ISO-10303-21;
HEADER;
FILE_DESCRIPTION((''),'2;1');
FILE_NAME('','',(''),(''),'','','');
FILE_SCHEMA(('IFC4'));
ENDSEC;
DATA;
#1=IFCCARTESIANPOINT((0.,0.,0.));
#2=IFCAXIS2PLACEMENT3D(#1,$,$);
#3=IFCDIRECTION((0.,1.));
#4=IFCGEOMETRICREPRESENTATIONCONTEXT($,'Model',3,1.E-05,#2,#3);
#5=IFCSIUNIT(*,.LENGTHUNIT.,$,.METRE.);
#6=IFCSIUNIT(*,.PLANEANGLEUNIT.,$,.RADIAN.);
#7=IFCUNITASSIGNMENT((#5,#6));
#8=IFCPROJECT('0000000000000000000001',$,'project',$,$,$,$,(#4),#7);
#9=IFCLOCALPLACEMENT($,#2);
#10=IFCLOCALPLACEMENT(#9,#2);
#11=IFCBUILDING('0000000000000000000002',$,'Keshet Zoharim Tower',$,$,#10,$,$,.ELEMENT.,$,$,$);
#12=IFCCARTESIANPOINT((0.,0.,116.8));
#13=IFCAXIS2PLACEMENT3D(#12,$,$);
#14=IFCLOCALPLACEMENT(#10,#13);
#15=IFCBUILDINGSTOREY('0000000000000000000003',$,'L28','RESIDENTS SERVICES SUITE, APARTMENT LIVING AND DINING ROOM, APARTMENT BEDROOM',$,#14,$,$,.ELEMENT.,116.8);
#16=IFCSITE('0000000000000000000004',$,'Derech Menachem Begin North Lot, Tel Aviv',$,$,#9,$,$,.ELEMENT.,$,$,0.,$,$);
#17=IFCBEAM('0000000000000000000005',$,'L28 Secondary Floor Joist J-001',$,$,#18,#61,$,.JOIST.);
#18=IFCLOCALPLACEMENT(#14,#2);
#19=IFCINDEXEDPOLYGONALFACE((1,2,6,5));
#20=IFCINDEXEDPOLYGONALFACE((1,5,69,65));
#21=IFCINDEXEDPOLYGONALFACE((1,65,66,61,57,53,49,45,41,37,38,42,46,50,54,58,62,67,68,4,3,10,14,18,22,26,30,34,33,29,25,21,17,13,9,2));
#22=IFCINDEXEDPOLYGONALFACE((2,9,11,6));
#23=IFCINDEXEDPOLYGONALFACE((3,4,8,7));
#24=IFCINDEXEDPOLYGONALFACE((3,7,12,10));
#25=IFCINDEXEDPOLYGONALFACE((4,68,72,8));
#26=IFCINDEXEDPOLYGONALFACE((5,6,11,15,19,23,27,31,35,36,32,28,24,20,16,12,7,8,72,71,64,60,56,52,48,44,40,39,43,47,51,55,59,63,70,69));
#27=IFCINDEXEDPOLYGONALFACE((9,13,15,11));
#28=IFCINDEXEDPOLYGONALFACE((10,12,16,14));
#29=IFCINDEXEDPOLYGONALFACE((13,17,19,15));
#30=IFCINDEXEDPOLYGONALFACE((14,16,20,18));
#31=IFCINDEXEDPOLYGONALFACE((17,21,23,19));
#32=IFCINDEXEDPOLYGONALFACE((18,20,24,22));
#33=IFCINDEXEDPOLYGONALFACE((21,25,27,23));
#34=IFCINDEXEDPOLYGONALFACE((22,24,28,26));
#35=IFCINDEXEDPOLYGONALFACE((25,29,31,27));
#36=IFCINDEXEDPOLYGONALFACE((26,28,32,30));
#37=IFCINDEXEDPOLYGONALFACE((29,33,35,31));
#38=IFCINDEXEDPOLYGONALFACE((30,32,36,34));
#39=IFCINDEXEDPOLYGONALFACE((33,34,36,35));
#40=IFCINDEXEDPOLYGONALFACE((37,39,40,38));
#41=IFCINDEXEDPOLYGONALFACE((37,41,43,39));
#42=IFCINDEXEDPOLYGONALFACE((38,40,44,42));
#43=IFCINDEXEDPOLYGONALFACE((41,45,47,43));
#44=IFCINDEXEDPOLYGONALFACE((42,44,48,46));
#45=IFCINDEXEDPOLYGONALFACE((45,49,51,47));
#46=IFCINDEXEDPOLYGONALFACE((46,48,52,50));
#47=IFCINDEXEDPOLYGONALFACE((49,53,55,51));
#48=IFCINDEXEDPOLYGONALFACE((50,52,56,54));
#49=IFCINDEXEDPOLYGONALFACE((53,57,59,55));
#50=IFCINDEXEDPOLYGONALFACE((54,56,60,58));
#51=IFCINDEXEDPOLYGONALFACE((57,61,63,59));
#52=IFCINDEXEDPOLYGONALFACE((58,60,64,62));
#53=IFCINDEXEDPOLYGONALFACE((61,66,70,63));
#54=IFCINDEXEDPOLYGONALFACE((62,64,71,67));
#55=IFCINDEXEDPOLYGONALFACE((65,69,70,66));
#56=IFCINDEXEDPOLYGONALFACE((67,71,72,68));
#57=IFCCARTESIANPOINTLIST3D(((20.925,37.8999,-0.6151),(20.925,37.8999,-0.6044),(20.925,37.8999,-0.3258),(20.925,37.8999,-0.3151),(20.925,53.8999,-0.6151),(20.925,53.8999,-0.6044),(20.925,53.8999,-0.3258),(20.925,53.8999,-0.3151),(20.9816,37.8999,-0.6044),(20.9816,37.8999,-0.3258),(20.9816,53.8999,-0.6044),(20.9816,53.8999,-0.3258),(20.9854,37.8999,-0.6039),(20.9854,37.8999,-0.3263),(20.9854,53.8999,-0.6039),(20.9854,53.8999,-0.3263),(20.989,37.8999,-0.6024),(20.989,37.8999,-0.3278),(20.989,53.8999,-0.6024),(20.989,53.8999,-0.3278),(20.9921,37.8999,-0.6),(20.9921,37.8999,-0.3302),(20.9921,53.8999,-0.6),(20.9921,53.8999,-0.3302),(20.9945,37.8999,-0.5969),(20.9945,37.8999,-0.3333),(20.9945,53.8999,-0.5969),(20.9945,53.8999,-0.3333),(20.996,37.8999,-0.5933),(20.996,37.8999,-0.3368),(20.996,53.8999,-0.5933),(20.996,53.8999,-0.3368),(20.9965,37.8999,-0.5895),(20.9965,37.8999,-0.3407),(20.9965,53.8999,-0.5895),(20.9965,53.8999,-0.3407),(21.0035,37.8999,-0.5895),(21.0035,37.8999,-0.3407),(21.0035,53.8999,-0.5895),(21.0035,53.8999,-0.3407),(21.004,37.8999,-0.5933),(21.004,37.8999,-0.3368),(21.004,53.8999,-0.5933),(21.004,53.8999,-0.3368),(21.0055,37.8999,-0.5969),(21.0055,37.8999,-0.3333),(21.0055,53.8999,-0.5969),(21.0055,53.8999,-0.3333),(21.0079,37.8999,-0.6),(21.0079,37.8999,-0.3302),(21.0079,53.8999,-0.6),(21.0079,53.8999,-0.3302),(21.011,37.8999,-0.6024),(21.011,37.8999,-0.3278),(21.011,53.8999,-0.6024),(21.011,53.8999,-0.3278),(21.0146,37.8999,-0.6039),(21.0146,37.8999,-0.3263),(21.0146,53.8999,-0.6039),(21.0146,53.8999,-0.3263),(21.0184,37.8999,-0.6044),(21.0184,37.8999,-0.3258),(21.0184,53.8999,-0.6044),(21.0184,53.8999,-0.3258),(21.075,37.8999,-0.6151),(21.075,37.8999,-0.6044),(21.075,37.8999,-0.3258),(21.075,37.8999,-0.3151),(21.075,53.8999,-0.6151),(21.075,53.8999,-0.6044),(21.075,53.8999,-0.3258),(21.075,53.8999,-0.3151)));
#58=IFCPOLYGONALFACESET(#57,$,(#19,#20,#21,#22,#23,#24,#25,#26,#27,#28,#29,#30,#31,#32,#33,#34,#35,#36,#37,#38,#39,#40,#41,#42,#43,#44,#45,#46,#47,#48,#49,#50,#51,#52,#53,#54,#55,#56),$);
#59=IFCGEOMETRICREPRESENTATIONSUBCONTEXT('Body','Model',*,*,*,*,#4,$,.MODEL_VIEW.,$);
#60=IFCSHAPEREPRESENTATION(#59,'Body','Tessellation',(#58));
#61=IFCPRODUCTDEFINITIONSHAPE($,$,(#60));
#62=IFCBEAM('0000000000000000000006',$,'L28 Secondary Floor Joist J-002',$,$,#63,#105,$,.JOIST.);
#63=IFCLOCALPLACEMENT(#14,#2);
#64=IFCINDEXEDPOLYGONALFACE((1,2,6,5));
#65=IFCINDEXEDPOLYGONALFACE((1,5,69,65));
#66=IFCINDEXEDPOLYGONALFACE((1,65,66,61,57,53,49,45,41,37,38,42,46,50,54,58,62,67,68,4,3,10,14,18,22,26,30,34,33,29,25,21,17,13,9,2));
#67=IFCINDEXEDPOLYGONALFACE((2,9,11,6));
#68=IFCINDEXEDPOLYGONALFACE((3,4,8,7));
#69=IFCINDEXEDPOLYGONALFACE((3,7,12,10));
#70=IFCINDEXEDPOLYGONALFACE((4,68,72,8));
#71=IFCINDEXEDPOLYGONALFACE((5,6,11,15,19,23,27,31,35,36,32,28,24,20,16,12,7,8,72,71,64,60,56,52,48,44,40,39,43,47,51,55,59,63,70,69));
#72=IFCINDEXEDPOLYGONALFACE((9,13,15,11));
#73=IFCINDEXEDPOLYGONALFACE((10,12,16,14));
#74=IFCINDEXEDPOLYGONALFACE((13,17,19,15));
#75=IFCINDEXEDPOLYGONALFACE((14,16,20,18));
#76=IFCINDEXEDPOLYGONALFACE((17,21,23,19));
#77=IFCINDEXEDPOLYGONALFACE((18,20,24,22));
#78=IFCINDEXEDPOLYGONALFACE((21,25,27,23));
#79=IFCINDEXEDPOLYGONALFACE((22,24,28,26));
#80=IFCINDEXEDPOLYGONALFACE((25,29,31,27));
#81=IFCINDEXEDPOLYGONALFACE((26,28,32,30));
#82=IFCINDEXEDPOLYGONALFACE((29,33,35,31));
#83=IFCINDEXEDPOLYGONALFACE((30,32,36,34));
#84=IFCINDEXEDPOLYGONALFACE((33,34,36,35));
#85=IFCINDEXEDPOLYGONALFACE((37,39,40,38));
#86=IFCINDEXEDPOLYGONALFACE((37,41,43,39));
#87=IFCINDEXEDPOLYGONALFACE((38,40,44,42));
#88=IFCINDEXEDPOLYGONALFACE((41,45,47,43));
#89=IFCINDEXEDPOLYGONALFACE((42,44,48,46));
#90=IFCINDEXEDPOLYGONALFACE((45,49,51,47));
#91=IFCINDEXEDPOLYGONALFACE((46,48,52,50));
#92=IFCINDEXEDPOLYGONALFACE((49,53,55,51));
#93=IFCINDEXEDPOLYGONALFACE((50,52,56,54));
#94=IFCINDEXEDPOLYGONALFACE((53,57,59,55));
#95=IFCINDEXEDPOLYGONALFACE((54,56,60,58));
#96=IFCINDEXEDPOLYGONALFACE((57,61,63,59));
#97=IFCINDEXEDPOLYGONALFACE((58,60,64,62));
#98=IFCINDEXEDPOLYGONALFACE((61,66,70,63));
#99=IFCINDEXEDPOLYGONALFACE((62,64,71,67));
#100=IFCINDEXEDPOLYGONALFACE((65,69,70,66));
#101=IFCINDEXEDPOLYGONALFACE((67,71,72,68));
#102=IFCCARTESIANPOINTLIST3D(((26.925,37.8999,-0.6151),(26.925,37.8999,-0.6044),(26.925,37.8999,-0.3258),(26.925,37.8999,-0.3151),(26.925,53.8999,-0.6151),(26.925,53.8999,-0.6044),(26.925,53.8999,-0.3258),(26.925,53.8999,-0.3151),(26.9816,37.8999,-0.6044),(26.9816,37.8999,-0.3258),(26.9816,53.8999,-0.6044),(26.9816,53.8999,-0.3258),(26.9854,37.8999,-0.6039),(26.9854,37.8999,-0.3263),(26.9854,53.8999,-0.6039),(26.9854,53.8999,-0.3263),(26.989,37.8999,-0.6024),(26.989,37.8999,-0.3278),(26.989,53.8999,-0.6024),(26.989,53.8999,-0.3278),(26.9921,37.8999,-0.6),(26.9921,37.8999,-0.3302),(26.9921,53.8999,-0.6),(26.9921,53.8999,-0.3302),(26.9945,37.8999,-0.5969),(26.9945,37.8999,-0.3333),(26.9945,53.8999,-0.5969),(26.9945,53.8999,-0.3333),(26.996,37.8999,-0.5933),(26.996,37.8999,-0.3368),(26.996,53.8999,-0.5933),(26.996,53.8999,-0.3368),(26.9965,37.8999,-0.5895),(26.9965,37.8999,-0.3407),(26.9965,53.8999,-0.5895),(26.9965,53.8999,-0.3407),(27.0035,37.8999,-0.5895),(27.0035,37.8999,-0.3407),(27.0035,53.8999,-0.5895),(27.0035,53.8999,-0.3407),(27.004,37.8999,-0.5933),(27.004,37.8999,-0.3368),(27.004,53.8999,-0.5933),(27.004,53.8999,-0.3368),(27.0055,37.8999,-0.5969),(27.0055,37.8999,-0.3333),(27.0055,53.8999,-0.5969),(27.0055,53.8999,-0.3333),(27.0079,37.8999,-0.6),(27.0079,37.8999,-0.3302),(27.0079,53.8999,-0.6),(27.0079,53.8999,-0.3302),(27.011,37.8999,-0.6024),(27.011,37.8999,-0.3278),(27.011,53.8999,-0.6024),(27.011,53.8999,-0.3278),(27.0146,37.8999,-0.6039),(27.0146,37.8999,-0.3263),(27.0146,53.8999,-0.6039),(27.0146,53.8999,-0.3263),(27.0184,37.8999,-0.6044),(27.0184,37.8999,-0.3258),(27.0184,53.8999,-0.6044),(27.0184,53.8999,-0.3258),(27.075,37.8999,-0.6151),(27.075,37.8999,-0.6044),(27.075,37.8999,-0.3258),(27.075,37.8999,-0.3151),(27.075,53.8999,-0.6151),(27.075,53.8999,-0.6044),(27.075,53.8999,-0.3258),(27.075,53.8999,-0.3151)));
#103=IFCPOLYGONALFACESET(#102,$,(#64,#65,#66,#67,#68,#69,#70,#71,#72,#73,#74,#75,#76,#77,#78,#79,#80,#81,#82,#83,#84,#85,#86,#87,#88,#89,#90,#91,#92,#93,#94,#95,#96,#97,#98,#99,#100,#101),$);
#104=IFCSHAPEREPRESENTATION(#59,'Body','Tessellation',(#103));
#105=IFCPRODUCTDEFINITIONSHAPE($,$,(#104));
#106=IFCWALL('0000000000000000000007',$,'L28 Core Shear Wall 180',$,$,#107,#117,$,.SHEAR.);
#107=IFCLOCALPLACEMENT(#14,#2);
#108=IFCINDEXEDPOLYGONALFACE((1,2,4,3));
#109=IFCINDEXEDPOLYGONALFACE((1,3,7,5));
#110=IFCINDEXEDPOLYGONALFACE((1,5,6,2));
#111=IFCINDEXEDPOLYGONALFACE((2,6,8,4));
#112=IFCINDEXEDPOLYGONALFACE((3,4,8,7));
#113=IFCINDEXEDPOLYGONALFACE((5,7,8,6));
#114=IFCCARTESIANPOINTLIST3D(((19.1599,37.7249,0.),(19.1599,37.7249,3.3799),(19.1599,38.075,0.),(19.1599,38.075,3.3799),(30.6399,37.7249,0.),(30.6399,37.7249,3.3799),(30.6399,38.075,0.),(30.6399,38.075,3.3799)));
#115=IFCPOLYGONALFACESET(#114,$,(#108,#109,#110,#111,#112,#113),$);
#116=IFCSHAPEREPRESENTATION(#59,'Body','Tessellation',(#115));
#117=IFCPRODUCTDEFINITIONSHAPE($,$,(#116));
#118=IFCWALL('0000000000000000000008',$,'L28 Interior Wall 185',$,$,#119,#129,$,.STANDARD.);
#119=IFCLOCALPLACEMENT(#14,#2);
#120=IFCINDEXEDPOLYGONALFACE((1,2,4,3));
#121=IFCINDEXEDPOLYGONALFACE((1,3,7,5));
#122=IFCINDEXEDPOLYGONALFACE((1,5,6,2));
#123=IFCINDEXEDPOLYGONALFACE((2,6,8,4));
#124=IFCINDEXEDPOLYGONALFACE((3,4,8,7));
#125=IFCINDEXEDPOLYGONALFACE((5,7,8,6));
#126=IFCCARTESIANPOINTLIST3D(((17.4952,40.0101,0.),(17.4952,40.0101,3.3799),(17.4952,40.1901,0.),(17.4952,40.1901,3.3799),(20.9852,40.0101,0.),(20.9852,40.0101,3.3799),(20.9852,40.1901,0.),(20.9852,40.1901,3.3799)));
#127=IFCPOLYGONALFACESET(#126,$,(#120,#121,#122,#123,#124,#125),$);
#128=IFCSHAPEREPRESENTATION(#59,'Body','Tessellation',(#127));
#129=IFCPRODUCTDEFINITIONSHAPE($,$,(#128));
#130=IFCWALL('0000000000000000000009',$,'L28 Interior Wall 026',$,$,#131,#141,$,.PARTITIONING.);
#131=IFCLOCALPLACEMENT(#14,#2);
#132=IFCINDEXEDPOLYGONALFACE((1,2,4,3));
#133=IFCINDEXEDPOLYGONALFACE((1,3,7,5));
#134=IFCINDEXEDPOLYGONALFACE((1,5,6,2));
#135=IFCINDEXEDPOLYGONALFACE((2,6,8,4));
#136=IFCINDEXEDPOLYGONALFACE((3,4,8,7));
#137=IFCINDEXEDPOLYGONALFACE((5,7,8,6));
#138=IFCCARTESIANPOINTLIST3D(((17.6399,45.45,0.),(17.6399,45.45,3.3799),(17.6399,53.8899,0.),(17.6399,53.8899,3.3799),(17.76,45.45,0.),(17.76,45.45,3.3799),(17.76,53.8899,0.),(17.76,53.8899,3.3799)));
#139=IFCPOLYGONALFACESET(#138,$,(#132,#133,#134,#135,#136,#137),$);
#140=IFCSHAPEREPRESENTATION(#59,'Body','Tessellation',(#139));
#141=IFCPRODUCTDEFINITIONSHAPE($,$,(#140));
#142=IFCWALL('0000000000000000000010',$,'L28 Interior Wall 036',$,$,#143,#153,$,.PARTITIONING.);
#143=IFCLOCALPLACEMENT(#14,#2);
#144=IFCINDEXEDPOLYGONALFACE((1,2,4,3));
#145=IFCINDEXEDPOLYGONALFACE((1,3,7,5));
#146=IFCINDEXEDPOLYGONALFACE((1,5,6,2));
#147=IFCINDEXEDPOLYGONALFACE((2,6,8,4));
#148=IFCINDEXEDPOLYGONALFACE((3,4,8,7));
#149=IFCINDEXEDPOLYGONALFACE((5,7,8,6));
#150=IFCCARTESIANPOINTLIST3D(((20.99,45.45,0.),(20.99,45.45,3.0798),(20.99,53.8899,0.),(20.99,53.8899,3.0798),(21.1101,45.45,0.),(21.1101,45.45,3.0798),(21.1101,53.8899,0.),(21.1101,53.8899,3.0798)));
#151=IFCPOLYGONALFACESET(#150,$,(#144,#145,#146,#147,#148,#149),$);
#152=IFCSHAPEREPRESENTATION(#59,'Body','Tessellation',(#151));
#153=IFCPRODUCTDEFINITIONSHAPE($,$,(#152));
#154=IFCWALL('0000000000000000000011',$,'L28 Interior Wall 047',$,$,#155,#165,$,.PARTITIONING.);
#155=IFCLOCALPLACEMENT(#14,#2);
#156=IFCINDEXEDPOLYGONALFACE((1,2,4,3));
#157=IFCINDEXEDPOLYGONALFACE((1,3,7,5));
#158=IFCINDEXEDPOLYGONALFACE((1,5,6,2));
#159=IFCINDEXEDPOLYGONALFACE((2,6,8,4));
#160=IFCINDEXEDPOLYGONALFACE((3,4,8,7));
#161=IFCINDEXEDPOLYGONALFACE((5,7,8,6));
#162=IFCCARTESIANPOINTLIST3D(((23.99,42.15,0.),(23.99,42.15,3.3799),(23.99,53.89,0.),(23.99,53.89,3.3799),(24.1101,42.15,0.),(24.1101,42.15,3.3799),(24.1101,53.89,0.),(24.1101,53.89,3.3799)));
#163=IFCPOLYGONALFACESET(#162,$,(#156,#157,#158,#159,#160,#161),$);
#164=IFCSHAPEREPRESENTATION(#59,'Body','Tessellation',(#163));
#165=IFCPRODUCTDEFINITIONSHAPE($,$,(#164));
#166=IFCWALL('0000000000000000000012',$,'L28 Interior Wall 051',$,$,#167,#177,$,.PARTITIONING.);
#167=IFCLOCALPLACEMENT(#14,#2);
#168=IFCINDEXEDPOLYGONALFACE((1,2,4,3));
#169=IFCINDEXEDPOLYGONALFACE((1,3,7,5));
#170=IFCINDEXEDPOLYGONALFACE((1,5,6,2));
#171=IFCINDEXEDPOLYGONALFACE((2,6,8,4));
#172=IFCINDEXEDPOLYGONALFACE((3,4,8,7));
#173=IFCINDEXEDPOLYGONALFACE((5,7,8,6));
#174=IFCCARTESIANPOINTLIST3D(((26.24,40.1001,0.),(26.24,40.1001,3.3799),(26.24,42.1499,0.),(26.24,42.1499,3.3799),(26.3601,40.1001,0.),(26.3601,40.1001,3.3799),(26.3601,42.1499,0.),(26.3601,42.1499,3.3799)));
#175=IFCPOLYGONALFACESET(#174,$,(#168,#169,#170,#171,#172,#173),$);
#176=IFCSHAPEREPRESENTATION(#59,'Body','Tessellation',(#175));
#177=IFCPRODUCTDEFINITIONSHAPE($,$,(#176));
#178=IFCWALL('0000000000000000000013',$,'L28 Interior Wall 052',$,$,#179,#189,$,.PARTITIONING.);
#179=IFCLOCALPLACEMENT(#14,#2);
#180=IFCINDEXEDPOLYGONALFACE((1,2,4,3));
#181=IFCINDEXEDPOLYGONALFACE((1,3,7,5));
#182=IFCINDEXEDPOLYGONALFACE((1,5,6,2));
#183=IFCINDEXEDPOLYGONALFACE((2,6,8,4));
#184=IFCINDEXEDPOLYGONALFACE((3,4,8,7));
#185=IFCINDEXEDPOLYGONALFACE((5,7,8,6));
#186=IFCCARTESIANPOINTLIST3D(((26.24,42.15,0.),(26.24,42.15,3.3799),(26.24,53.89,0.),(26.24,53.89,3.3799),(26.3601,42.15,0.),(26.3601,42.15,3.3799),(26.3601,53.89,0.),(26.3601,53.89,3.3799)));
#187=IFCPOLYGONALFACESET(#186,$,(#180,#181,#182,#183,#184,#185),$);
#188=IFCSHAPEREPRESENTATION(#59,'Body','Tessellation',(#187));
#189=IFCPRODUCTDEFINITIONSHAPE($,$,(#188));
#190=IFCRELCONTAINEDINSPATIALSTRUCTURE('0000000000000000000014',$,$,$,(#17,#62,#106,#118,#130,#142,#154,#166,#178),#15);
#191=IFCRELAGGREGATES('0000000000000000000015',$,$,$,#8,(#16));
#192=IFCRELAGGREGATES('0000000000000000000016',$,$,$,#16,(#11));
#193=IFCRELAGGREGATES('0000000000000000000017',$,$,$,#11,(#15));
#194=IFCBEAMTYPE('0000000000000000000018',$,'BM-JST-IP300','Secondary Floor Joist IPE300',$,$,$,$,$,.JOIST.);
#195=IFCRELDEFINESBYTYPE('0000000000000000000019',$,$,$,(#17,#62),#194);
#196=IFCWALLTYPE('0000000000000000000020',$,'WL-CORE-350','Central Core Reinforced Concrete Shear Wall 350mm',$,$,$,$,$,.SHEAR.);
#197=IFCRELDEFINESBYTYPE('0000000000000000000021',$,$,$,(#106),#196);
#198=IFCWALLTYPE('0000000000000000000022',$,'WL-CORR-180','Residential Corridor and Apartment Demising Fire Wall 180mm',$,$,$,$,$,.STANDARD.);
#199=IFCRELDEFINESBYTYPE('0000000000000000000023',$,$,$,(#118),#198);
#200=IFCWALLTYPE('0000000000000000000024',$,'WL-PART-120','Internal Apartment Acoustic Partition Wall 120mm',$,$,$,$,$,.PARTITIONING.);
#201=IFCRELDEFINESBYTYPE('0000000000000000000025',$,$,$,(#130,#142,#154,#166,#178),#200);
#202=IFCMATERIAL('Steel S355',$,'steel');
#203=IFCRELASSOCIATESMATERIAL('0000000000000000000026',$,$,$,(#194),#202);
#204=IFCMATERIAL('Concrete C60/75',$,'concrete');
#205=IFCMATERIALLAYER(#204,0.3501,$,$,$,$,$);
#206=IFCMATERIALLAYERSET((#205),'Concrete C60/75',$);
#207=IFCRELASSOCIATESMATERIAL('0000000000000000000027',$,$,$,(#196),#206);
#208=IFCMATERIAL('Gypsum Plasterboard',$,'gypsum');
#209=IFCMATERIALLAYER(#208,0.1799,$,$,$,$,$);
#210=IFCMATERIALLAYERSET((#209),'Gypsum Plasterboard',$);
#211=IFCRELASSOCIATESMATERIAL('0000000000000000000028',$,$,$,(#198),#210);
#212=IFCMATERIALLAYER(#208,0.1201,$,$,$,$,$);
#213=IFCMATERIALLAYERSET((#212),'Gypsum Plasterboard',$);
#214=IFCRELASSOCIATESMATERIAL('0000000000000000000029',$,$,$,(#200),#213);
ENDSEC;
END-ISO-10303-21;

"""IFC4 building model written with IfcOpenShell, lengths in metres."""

from ifc_helpers import new_model, si_unit, direction, frame, frame_2d, origin, origin_2d, place, context, subcontext, project, spatial, rectangle, i_section, extrude, material, layer, layer_set, material_profile, profile_set, type_object, element, save


model = new_model("IFC4")

# Units and contexts
model_context = context("Model", 3, precision=1e-05, world=origin(), true_north=direction((0.0, 1.0)))
body_context = subcontext(model_context, "Body", "Model", "MODEL_VIEW")
ifc_project = project(units=[si_unit("LENGTHUNIT", "METRE"), si_unit("PLANEANGLEUNIT", "RADIAN")], contexts=[model_context])

# Site, building, storey
site_placement = place(None, origin())
site = spatial("IfcSite", under=ifc_project, at=site_placement, Name="Derech Menachem Begin North Lot, Tel Aviv", CompositionType="ELEMENT", RefElevation=0.0)
building_placement = place(site_placement, origin())
building = spatial("IfcBuilding", under=site, at=building_placement, Name="Keshet Zoharim Tower", CompositionType="ELEMENT")
storey_placement = place(building_placement, frame((0.0, 0.0, 116.8)))
storey = spatial("IfcBuildingStorey", under=building, at=storey_placement, Name="L28", Description="RESIDENTS SERVICES SUITE, APARTMENT LIVING AND DINING ROOM, APARTMENT BEDROOM", CompositionType="ELEMENT", Elevation=116.8)

# Beams
ifc_material_1 = material(Name="Steel S355", Category="steel")
ifc_material_profile = material_profile(ifc_material_1, i_section(OverallWidth=0.1499, OverallDepth=0.3, WebThickness=0.0071, FlangeThickness=0.0107, FilletRadius=0.0149, at=origin_2d()), Name="IPE300")
ifc_profile_set = profile_set([ifc_material_profile], Name="Steel S355")
beam_type = type_object("IfcBeamType", Name="BM-JST-IP300", Description="Secondary Floor Joist IPE300", PredefinedType="JOIST", material=ifc_profile_set)
for number, where, z_axis, x_axis, name in (
    (1, (21.0, 37.8999, -0.4651), (0.0, 1.0, 0.0), (-1.0, 0.0, 0.0), "L28 Secondary Floor Joist J-001"),
    (2, (27.0, 37.8999, -0.4651), (0.0, 1.0, 0.0), (-1.0, 0.0, 0.0), "L28 Secondary Floor Joist J-002"),
):
    element("IfcBeam", number, at=place(storey_placement, frame(where, z_axis=z_axis, x_axis=x_axis)), inside=storey, type_object=beam_type, Name=name, PredefinedType="JOIST", context=body_context, shape_type="SweptSolid", body=[
        extrude(i_section(OverallWidth=0.1499, OverallDepth=0.3, WebThickness=0.0071, FlangeThickness=0.0107, FilletRadius=0.0149, at=origin_2d()), origin(), (0.0, 0.0, 1.0), 16.0),
    ])

# Walls
ifc_material_2 = material(Name="Concrete C60/75", Category="concrete")
ifc_layer_1 = layer(ifc_material_2, 0.3501)
ifc_layer_set_1 = layer_set([ifc_layer_1], Name="Concrete C60/75")
wall_type_1 = type_object("IfcWallType", Name="WL-CORE-350", Description="Central Core Reinforced Concrete Shear Wall 350mm", PredefinedType="SHEAR", material=ifc_layer_set_1)
wall_1_placement = place(storey_placement, frame((19.1599, 37.8999, 0.0), z_axis=(0.0, 0.0, 1.0), x_axis=(1.0, 0.0, 0.0)))
element("IfcWall", 3, at=wall_1_placement, inside=storey, type_object=wall_type_1, Name="L28 Core Shear Wall 180", PredefinedType="SHEAR", context=body_context, shape_type="SweptSolid", body=[
    extrude(rectangle(XDim=11.48, YDim=0.3501, at=frame_2d((5.74, 0.0))), origin(), (0.0, 0.0, 1.0), 3.3799),
])
ifc_material_3 = material(Name="Gypsum Plasterboard", Category="gypsum")
ifc_layer_2 = layer(ifc_material_3, 0.1799)
ifc_layer_set_2 = layer_set([ifc_layer_2], Name="Gypsum Plasterboard")
wall_type_2 = type_object("IfcWallType", Name="WL-CORR-180", Description="Residential Corridor and Apartment Demising Fire Wall 180mm", PredefinedType="STANDARD", material=ifc_layer_set_2)
wall_2_placement = place(storey_placement, frame((17.4951, 40.1001, 0.0), z_axis=(0.0, 0.0, 1.0), x_axis=(1.0, 0.0, 0.0)))
element("IfcWall", 4, at=wall_2_placement, inside=storey, type_object=wall_type_2, Name="L28 Interior Wall 185", PredefinedType="STANDARD", context=body_context, shape_type="SweptSolid", body=[
    extrude(rectangle(XDim=3.49, YDim=0.1799, at=frame_2d((1.7451, 0.0))), origin(), (0.0, 0.0, 1.0), 3.3799),
])

# Walls
ifc_layer_3 = layer(ifc_material_3, 0.1201)
ifc_layer_set_3 = layer_set([ifc_layer_3], Name="Gypsum Plasterboard")
wall_type_3 = type_object("IfcWallType", Name="WL-PART-120", Description="Internal Apartment Acoustic Partition Wall 120mm", PredefinedType="PARTITIONING", material=ifc_layer_set_3)
wall_3_placement = place(storey_placement, frame((17.7, 45.45, 0.0), z_axis=(0.0, 0.0, 1.0), x_axis=(0.0, 1.0, 0.0)))
element("IfcWall", 5, at=wall_3_placement, inside=storey, type_object=wall_type_3, Name="L28 Interior Wall 026", PredefinedType="PARTITIONING", context=body_context, shape_type="SweptSolid", body=[
    extrude(rectangle(XDim=8.4399, YDim=0.1201, at=frame_2d((4.22, 0.0))), origin(), (0.0, 0.0, 1.0), 3.3799),
])
wall_4_placement = place(storey_placement, frame((21.05, 45.45, 0.0), z_axis=(0.0, 0.0, 1.0), x_axis=(0.0, 1.0, 0.0)))
element("IfcWall", 6, at=wall_4_placement, inside=storey, type_object=wall_type_3, Name="L28 Interior Wall 036", PredefinedType="PARTITIONING", context=body_context, shape_type="SweptSolid", body=[
    extrude(rectangle(XDim=8.4399, YDim=0.1201, at=frame_2d((4.22, 0.0))), origin(), (0.0, 0.0, 1.0), 3.0798),
])
wall_5_placement = place(storey_placement, frame((24.05, 42.1499, 0.0), z_axis=(0.0, 0.0, 1.0), x_axis=(0.0, 1.0, 0.0)))
element("IfcWall", 7, at=wall_5_placement, inside=storey, type_object=wall_type_3, Name="L28 Interior Wall 047", PredefinedType="PARTITIONING", context=body_context, shape_type="SweptSolid", body=[
    extrude(rectangle(XDim=11.74, YDim=0.1201, at=frame_2d((5.8701, 0.0))), origin(), (0.0, 0.0, 1.0), 3.3799),
])
wall_6_placement = place(storey_placement, frame((26.3, 40.1001, 0.0), z_axis=(0.0, 0.0, 1.0), x_axis=(0.0, 1.0, 0.0)))
element("IfcWall", 8, at=wall_6_placement, inside=storey, type_object=wall_type_3, Name="L28 Interior Wall 051", PredefinedType="PARTITIONING", context=body_context, shape_type="SweptSolid", body=[
    extrude(rectangle(XDim=2.0498, YDim=0.1201, at=frame_2d((1.0249, 0.0))), origin(), (0.0, 0.0, 1.0), 3.3799),
])
wall_7_placement = place(storey_placement, frame((26.3, 42.1499, 0.0), z_axis=(0.0, 0.0, 1.0), x_axis=(0.0, 1.0, 0.0)))
element("IfcWall", 9, at=wall_7_placement, inside=storey, type_object=wall_type_3, Name="L28 Interior Wall 052", PredefinedType="PARTITIONING", context=body_context, shape_type="SweptSolid", body=[
    extrude(rectangle(XDim=11.74, YDim=0.1201, at=frame_2d((5.8701, 0.0))), origin(), (0.0, 0.0, 1.0), 3.3799),
])

save(model, "model.ifc")
